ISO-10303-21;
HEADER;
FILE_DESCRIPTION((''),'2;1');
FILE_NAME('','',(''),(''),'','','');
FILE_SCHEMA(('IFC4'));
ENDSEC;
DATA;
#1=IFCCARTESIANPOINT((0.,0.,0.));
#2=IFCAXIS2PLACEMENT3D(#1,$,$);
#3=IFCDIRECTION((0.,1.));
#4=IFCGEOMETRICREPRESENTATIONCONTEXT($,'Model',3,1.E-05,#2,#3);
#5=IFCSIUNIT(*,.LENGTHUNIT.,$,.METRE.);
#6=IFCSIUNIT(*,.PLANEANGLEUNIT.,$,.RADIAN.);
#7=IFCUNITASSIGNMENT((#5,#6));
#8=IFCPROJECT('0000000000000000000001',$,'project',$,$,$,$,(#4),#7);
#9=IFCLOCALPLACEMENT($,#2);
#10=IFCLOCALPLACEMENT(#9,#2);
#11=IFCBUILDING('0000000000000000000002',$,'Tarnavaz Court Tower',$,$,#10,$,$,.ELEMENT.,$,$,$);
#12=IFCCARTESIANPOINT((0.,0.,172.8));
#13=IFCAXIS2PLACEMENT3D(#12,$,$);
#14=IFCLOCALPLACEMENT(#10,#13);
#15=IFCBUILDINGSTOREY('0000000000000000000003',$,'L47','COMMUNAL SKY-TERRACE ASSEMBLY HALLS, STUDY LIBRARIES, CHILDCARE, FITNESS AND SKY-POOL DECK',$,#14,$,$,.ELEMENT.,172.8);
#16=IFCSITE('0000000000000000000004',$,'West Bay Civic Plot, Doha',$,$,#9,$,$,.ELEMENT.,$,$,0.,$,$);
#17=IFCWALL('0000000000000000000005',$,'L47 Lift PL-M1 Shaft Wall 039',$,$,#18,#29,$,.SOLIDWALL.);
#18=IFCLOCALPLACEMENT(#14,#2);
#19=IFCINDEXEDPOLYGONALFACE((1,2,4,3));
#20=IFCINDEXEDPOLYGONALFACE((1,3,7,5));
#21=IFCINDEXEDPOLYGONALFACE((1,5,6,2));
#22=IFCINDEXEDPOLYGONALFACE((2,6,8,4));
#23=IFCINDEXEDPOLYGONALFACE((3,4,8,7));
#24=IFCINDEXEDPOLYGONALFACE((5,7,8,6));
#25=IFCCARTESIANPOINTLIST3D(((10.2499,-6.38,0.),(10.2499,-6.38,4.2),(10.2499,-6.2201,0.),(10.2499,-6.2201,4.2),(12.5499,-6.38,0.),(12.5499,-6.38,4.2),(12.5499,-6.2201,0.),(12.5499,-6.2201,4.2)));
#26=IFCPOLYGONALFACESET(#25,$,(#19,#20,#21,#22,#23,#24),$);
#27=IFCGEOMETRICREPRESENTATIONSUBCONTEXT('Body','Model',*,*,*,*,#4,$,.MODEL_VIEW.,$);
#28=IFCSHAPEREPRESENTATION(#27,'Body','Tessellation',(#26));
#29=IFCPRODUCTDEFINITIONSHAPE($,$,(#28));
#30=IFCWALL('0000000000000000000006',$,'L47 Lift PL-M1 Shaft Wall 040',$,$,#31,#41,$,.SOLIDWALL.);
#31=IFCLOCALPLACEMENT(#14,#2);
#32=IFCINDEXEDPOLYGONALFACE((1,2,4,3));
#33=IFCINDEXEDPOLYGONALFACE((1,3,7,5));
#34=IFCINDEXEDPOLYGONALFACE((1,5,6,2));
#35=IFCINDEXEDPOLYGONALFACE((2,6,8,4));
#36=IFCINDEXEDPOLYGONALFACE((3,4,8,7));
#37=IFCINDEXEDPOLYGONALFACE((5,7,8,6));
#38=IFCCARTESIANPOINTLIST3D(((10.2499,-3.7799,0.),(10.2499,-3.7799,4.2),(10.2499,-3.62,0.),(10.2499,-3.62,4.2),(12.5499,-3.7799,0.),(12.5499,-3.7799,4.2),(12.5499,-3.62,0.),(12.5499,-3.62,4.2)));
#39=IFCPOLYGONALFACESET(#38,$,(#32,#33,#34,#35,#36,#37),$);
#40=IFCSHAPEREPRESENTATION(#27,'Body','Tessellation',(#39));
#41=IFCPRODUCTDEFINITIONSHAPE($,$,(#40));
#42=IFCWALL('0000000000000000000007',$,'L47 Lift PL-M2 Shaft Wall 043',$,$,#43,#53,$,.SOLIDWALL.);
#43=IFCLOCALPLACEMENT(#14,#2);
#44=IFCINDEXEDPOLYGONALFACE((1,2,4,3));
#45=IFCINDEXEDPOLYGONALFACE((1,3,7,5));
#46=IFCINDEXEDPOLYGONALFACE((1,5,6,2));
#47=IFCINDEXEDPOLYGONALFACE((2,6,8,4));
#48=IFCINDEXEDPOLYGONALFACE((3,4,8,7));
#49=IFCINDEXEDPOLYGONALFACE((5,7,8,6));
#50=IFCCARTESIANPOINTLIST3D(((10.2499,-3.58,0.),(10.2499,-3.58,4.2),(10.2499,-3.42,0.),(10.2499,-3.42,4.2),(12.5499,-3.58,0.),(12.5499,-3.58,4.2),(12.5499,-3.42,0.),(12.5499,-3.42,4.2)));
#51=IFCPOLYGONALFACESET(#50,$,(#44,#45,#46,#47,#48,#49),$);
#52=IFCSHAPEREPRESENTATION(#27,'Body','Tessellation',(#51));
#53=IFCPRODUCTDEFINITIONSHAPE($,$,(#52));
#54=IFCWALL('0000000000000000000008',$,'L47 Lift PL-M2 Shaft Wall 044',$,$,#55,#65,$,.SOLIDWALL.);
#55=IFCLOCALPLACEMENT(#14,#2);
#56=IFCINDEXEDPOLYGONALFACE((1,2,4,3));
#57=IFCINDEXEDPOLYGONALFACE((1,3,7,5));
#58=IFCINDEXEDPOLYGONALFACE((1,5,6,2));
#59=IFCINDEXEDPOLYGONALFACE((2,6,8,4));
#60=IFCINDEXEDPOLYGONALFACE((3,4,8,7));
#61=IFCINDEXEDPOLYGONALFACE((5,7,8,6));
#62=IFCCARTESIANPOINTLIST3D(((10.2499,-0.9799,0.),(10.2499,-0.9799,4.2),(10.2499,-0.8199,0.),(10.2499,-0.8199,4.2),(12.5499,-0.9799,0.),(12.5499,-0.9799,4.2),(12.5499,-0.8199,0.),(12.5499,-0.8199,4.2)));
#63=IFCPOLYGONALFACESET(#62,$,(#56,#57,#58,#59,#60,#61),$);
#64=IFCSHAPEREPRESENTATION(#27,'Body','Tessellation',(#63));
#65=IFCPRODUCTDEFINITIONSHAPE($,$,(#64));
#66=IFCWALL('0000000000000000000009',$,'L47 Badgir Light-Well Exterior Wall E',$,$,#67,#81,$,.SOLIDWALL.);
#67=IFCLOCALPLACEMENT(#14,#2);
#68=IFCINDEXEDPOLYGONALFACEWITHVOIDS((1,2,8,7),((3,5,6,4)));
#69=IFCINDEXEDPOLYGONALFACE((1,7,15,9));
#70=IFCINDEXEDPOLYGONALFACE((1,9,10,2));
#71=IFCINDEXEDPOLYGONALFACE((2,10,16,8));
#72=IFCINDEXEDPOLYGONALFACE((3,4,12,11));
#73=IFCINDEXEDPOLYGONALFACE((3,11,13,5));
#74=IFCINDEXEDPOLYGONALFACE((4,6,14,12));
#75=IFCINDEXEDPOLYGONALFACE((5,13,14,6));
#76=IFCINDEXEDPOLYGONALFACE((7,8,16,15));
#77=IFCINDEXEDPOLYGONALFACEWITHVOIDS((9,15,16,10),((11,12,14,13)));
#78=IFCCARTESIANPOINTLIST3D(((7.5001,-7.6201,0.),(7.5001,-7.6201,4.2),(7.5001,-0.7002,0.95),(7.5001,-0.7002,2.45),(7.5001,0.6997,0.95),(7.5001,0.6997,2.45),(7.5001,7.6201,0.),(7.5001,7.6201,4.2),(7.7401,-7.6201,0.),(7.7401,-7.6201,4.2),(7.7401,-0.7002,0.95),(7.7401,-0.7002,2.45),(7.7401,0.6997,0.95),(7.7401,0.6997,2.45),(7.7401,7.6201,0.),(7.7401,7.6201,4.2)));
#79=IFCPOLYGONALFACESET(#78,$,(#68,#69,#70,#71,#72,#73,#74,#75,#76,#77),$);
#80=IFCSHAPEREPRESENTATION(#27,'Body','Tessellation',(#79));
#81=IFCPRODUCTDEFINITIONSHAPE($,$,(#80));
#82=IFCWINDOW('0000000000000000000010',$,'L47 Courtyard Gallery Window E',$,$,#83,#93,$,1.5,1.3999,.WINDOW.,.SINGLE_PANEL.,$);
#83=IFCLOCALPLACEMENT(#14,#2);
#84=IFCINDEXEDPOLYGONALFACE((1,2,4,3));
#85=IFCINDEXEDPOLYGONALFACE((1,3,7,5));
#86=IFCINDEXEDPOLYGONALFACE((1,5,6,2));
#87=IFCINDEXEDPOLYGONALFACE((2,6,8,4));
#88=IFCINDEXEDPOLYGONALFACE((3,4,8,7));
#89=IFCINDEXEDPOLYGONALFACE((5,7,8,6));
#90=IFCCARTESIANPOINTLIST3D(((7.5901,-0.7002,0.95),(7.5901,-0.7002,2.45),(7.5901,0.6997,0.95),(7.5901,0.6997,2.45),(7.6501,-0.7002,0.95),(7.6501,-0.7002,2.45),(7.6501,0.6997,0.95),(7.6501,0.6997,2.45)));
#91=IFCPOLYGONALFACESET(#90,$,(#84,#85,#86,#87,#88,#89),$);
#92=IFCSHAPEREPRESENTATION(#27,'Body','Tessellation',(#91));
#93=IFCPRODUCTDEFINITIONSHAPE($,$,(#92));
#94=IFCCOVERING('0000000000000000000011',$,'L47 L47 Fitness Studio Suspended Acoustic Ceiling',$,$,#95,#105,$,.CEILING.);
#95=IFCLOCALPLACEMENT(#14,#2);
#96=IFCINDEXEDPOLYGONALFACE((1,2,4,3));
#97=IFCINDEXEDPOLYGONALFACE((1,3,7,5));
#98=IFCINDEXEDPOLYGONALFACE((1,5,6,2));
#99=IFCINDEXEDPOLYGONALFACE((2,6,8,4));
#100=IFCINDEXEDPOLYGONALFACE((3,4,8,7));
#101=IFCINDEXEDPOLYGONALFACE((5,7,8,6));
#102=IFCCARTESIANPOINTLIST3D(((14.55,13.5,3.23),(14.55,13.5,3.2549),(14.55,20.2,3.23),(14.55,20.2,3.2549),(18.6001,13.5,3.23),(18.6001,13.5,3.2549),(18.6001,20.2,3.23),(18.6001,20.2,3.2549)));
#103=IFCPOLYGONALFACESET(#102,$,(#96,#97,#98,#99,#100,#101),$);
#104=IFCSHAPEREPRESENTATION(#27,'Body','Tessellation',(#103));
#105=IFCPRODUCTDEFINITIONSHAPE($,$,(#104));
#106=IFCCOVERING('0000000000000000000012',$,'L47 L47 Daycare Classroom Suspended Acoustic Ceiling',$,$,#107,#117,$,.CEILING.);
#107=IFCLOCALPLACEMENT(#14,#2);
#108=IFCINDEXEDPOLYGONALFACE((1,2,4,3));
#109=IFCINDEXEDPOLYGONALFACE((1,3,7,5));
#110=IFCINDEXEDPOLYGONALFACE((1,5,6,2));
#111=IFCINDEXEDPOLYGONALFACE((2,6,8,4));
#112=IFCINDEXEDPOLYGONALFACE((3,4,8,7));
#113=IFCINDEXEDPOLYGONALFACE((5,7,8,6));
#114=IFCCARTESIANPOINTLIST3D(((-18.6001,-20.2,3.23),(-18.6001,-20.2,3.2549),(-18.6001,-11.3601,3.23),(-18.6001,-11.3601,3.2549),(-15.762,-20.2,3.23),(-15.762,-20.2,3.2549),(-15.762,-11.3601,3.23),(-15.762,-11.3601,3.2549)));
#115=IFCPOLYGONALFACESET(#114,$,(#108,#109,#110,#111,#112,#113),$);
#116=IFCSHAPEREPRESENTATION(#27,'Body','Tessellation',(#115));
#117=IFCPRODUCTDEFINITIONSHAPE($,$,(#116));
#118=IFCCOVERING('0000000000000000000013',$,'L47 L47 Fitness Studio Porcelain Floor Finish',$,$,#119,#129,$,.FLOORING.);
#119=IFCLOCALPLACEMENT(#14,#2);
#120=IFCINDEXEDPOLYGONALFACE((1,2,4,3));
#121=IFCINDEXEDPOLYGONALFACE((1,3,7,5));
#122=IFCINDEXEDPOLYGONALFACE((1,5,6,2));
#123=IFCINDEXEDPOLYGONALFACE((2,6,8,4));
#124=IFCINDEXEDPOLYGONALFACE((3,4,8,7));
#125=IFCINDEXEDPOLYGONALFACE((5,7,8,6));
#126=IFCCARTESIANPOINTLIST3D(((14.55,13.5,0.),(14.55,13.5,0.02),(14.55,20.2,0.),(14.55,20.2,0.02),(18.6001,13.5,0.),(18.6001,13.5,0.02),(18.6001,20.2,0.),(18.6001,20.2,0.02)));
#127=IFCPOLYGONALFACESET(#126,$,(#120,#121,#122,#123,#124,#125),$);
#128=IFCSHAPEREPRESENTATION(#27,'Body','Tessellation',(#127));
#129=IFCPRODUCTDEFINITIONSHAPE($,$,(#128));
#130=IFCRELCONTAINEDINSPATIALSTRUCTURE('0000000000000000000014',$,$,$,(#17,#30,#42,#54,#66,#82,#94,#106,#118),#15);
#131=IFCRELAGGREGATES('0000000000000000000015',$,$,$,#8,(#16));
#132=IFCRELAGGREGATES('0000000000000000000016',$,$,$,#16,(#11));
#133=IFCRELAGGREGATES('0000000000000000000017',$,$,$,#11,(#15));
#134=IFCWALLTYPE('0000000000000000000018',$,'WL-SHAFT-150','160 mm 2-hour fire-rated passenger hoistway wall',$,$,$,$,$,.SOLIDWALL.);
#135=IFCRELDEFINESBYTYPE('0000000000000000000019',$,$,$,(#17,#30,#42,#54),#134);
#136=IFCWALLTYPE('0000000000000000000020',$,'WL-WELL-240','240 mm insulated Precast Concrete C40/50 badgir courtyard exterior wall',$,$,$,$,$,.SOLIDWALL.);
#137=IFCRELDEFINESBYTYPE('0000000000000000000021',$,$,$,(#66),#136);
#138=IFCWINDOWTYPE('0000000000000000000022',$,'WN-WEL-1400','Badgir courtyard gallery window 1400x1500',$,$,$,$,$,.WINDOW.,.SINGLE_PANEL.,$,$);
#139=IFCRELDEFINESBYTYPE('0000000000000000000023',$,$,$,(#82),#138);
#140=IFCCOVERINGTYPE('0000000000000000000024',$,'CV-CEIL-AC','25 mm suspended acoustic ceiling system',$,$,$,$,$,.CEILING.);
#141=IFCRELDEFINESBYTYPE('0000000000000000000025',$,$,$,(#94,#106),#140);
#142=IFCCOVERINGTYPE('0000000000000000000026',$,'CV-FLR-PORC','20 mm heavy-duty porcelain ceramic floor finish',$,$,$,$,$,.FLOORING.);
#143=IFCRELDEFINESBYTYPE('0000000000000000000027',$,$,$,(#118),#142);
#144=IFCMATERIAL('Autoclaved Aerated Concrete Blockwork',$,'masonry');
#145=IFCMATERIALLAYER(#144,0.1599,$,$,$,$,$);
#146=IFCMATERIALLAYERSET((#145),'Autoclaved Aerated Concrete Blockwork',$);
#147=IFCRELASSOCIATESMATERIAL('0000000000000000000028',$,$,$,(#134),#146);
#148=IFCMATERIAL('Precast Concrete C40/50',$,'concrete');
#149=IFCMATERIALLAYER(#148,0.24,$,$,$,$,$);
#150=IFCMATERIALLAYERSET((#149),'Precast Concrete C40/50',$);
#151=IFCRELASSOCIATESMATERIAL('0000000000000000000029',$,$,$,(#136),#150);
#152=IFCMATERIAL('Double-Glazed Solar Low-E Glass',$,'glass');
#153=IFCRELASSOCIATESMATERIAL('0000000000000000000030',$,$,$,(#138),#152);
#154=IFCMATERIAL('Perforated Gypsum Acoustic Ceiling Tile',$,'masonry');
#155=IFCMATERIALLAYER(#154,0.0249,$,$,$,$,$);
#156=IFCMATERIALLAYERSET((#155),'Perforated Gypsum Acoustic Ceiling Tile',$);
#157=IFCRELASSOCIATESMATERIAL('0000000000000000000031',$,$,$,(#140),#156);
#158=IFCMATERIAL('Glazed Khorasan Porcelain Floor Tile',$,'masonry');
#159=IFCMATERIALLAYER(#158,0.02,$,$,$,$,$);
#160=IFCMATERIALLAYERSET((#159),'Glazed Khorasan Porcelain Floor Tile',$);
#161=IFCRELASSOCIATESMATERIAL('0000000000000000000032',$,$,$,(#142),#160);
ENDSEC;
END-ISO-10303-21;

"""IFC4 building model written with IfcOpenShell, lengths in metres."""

from ifc_helpers import new_model, si_unit, direction, frame, frame_2d, origin, place, context, subcontext, project, spatial, polyline, rectangle, outline, extrude, material, layer, layer_set, type_object, element, fill, save


model = new_model("IFC4")

# Units and contexts
model_context = context("Model", 3, precision=1e-05, world=origin(), true_north=direction((0.0, 1.0)))
body_context = subcontext(model_context, "Body", "Model", "MODEL_VIEW")
ifc_project = project(units=[si_unit("LENGTHUNIT", "METRE"), si_unit("PLANEANGLEUNIT", "RADIAN")], contexts=[model_context])

# Site, building, storey
site_placement = place(None, origin())
site = spatial("IfcSite", under=ifc_project, at=site_placement, Name="West Bay Civic Plot, Doha", CompositionType="ELEMENT", RefElevation=0.0)
building_placement = place(site_placement, origin())
building = spatial("IfcBuilding", under=site, at=building_placement, Name="Tarnavaz Court Tower", CompositionType="ELEMENT")
storey_placement = place(building_placement, frame((0.0, 0.0, 172.8)))
storey = spatial("IfcBuildingStorey", under=building, at=storey_placement, Name="L47", Description="COMMUNAL SKY-TERRACE ASSEMBLY HALLS, STUDY LIBRARIES, CHILDCARE, FITNESS AND SKY-POOL DECK", CompositionType="ELEMENT", Elevation=172.8)

# Shared definitions
ifc_material_1 = material(Name="Double-Glazed Solar Low-E Glass", Category="glass")

# Shared definitions
ifc_material_2 = material(Name="Autoclaved Aerated Concrete Blockwork", Category="masonry")
ifc_layer_1 = layer(ifc_material_2, 0.1599)
ifc_layer_set_1 = layer_set([ifc_layer_1], Name="Autoclaved Aerated Concrete Blockwork")
wall_type_1 = type_object("IfcWallType", Name="WL-SHAFT-150", Description="160 mm 2-hour fire-rated passenger hoistway wall", PredefinedType="SOLIDWALL", material=ifc_layer_set_1)

# Walls
for number, where, z_axis, x_axis, name in (
    (1, (10.25, -6.3, 0.0), (0.0, 0.0, 1.0), (1.0, 0.0, 0.0), "L47 Lift PL-M1 Shaft Wall 039"),
    (2, (10.25, -3.7, 0.0), (0.0, 0.0, 1.0), (1.0, 0.0, 0.0), "L47 Lift PL-M1 Shaft Wall 040"),
):
    element("IfcWall", number, at=place(storey_placement, frame(where, z_axis=z_axis, x_axis=x_axis)), inside=storey, type_object=wall_type_1, Name=name, PredefinedType="SOLIDWALL", context=body_context, shape_type="SweptSolid", body=[
        extrude(rectangle(XDim=2.3, YDim=0.1599, at=frame_2d((1.1499, 0.0))), origin(), (0.0, 0.0, 1.0), 4.2),
    ])

# Walls
for number, where, z_axis, x_axis, name in (
    (3, (10.25, -3.5, 0.0), (0.0, 0.0, 1.0), (1.0, 0.0, 0.0), "L47 Lift PL-M2 Shaft Wall 043"),
    (4, (10.25, -0.8999, 0.0), (0.0, 0.0, 1.0), (1.0, 0.0, 0.0), "L47 Lift PL-M2 Shaft Wall 044"),
):
    element("IfcWall", number, at=place(storey_placement, frame(where, z_axis=z_axis, x_axis=x_axis)), inside=storey, type_object=wall_type_1, Name=name, PredefinedType="SOLIDWALL", context=body_context, shape_type="SweptSolid", body=[
        extrude(rectangle(XDim=2.3, YDim=0.1599, at=frame_2d((1.1499, 0.0))), origin(), (0.0, 0.0, 1.0), 4.2),
    ])

# Wall, opening, window
ifc_material_3 = material(Name="Precast Concrete C40/50", Category="concrete")
ifc_layer_2 = layer(ifc_material_3, 0.24)
ifc_layer_set_2 = layer_set([ifc_layer_2], Name="Precast Concrete C40/50")
wall_type_2 = type_object("IfcWallType", Name="WL-WELL-240", Description="240 mm insulated Precast Concrete C40/50 badgir courtyard exterior wall", PredefinedType="SOLIDWALL", material=ifc_layer_set_2)
wall_1_placement = place(storey_placement, frame((7.6201, -7.6201, 0.0), z_axis=(0.0, 0.0, 1.0), x_axis=(0.0, 1.0, 0.0)))
wall_1 = element("IfcWall", 5, at=wall_1_placement, inside=storey, type_object=wall_type_2, Name="L47 Badgir Light-Well Exterior Wall E", PredefinedType="SOLIDWALL", context=body_context, shape_type="SweptSolid", body=[
    extrude(rectangle(XDim=15.2402, YDim=0.24, at=frame_2d((7.6201, 0.0))), origin(), (0.0, 0.0, 1.0), 4.2),
])
opening_1_placement = place(wall_1_placement, frame((6.9199, 0.0, 0.95)))
opening_1 = element("IfcOpeningElement", 6, at=opening_1_placement, cuts=wall_1, PredefinedType="OPENING", context=body_context, shape_type="SweptSolid", body=[
    extrude(rectangle(XDim=1.3999, YDim=1.5, at=frame_2d((0.7, 0.75))), frame((0.0, 0.1299, 0.0), z_axis=(0.0, -1.0, 0.0), x_axis=(1.0, 0.0, 0.0)), (0.0, 0.0, 1.0), 0.26),
])
window_type = type_object("IfcWindowType", Name="WN-WEL-1400", Description="Badgir courtyard gallery window 1400x1500", PartitioningType="SINGLE_PANEL", PredefinedType="WINDOW", material=ifc_material_1)
window_placement = place(opening_1_placement, origin())
window = element("IfcWindow", 7, at=window_placement, inside=storey, type_object=window_type, Name="L47 Courtyard Gallery Window E", OverallHeight=1.5, OverallWidth=1.3999, PartitioningType="SINGLE_PANEL", PredefinedType="WINDOW", context=body_context, shape_type="SweptSolid", body=[
    extrude(rectangle(XDim=1.3999, YDim=1.5, at=frame_2d((0.7, 0.75))), frame((0.0, 0.03, 0.0), z_axis=(0.0, -1.0, 0.0), x_axis=(1.0, 0.0, 0.0)), (0.0, 0.0, 1.0), 0.0601),
])
fill(opening_1, window)

# Coverings
ifc_material_4 = material(Name="Perforated Gypsum Acoustic Ceiling Tile", Category="masonry")
ifc_layer_3 = layer(ifc_material_4, 0.0249)
ifc_layer_set_3 = layer_set([ifc_layer_3], Name="Perforated Gypsum Acoustic Ceiling Tile")
covering_type_1 = type_object("IfcCoveringType", Name="CV-CEIL-AC", Description="25 mm suspended acoustic ceiling system", PredefinedType="CEILING", material=ifc_layer_set_3)
covering_1_placement = place(storey_placement, frame((0.0, 0.0, 3.23)))
element("IfcCovering", 8, at=covering_1_placement, inside=storey, type_object=covering_type_1, Name="L47 L47 Fitness Studio Suspended Acoustic Ceiling", PredefinedType="CEILING", context=body_context, shape_type="SweptSolid", body=[
    extrude(outline(polyline([(14.55, 13.5), (18.6001, 13.5), (18.6001, 20.2), (14.55, 20.2), (14.55, 13.5)])), origin(), (0.0, 0.0, 1.0), 0.0249),
])
covering_2_placement = place(storey_placement, frame((0.0, 0.0, 3.23)))
element("IfcCovering", 9, at=covering_2_placement, inside=storey, type_object=covering_type_1, Name="L47 L47 Daycare Classroom Suspended Acoustic Ceiling", PredefinedType="CEILING", context=body_context, shape_type="SweptSolid", body=[
    extrude(outline(polyline([(-18.6001, -20.2), (-15.762, -20.2), (-15.762, -11.3601), (-18.6001, -11.3601), (-18.6001, -20.2)])), origin(), (0.0, 0.0, 1.0), 0.0249),
])
ifc_material_5 = material(Name="Glazed Khorasan Porcelain Floor Tile", Category="masonry")
ifc_layer_4 = layer(ifc_material_5, 0.02)
ifc_layer_set_4 = layer_set([ifc_layer_4], Name="Glazed Khorasan Porcelain Floor Tile")
covering_type_2 = type_object("IfcCoveringType", Name="CV-FLR-PORC", Description="20 mm heavy-duty porcelain ceramic floor finish", PredefinedType="FLOORING", material=ifc_layer_set_4)
covering_3_placement = place(storey_placement, origin())
element("IfcCovering", 10, at=covering_3_placement, inside=storey, type_object=covering_type_2, Name="L47 L47 Fitness Studio Porcelain Floor Finish", PredefinedType="FLOORING", context=body_context, shape_type="SweptSolid", body=[
    extrude(outline(polyline([(14.55, 13.5), (18.6001, 13.5), (18.6001, 20.2), (14.55, 20.2), (14.55, 13.5)])), origin(), (0.0, 0.0, 1.0), 0.02),
])

save(model, "model.ifc")
